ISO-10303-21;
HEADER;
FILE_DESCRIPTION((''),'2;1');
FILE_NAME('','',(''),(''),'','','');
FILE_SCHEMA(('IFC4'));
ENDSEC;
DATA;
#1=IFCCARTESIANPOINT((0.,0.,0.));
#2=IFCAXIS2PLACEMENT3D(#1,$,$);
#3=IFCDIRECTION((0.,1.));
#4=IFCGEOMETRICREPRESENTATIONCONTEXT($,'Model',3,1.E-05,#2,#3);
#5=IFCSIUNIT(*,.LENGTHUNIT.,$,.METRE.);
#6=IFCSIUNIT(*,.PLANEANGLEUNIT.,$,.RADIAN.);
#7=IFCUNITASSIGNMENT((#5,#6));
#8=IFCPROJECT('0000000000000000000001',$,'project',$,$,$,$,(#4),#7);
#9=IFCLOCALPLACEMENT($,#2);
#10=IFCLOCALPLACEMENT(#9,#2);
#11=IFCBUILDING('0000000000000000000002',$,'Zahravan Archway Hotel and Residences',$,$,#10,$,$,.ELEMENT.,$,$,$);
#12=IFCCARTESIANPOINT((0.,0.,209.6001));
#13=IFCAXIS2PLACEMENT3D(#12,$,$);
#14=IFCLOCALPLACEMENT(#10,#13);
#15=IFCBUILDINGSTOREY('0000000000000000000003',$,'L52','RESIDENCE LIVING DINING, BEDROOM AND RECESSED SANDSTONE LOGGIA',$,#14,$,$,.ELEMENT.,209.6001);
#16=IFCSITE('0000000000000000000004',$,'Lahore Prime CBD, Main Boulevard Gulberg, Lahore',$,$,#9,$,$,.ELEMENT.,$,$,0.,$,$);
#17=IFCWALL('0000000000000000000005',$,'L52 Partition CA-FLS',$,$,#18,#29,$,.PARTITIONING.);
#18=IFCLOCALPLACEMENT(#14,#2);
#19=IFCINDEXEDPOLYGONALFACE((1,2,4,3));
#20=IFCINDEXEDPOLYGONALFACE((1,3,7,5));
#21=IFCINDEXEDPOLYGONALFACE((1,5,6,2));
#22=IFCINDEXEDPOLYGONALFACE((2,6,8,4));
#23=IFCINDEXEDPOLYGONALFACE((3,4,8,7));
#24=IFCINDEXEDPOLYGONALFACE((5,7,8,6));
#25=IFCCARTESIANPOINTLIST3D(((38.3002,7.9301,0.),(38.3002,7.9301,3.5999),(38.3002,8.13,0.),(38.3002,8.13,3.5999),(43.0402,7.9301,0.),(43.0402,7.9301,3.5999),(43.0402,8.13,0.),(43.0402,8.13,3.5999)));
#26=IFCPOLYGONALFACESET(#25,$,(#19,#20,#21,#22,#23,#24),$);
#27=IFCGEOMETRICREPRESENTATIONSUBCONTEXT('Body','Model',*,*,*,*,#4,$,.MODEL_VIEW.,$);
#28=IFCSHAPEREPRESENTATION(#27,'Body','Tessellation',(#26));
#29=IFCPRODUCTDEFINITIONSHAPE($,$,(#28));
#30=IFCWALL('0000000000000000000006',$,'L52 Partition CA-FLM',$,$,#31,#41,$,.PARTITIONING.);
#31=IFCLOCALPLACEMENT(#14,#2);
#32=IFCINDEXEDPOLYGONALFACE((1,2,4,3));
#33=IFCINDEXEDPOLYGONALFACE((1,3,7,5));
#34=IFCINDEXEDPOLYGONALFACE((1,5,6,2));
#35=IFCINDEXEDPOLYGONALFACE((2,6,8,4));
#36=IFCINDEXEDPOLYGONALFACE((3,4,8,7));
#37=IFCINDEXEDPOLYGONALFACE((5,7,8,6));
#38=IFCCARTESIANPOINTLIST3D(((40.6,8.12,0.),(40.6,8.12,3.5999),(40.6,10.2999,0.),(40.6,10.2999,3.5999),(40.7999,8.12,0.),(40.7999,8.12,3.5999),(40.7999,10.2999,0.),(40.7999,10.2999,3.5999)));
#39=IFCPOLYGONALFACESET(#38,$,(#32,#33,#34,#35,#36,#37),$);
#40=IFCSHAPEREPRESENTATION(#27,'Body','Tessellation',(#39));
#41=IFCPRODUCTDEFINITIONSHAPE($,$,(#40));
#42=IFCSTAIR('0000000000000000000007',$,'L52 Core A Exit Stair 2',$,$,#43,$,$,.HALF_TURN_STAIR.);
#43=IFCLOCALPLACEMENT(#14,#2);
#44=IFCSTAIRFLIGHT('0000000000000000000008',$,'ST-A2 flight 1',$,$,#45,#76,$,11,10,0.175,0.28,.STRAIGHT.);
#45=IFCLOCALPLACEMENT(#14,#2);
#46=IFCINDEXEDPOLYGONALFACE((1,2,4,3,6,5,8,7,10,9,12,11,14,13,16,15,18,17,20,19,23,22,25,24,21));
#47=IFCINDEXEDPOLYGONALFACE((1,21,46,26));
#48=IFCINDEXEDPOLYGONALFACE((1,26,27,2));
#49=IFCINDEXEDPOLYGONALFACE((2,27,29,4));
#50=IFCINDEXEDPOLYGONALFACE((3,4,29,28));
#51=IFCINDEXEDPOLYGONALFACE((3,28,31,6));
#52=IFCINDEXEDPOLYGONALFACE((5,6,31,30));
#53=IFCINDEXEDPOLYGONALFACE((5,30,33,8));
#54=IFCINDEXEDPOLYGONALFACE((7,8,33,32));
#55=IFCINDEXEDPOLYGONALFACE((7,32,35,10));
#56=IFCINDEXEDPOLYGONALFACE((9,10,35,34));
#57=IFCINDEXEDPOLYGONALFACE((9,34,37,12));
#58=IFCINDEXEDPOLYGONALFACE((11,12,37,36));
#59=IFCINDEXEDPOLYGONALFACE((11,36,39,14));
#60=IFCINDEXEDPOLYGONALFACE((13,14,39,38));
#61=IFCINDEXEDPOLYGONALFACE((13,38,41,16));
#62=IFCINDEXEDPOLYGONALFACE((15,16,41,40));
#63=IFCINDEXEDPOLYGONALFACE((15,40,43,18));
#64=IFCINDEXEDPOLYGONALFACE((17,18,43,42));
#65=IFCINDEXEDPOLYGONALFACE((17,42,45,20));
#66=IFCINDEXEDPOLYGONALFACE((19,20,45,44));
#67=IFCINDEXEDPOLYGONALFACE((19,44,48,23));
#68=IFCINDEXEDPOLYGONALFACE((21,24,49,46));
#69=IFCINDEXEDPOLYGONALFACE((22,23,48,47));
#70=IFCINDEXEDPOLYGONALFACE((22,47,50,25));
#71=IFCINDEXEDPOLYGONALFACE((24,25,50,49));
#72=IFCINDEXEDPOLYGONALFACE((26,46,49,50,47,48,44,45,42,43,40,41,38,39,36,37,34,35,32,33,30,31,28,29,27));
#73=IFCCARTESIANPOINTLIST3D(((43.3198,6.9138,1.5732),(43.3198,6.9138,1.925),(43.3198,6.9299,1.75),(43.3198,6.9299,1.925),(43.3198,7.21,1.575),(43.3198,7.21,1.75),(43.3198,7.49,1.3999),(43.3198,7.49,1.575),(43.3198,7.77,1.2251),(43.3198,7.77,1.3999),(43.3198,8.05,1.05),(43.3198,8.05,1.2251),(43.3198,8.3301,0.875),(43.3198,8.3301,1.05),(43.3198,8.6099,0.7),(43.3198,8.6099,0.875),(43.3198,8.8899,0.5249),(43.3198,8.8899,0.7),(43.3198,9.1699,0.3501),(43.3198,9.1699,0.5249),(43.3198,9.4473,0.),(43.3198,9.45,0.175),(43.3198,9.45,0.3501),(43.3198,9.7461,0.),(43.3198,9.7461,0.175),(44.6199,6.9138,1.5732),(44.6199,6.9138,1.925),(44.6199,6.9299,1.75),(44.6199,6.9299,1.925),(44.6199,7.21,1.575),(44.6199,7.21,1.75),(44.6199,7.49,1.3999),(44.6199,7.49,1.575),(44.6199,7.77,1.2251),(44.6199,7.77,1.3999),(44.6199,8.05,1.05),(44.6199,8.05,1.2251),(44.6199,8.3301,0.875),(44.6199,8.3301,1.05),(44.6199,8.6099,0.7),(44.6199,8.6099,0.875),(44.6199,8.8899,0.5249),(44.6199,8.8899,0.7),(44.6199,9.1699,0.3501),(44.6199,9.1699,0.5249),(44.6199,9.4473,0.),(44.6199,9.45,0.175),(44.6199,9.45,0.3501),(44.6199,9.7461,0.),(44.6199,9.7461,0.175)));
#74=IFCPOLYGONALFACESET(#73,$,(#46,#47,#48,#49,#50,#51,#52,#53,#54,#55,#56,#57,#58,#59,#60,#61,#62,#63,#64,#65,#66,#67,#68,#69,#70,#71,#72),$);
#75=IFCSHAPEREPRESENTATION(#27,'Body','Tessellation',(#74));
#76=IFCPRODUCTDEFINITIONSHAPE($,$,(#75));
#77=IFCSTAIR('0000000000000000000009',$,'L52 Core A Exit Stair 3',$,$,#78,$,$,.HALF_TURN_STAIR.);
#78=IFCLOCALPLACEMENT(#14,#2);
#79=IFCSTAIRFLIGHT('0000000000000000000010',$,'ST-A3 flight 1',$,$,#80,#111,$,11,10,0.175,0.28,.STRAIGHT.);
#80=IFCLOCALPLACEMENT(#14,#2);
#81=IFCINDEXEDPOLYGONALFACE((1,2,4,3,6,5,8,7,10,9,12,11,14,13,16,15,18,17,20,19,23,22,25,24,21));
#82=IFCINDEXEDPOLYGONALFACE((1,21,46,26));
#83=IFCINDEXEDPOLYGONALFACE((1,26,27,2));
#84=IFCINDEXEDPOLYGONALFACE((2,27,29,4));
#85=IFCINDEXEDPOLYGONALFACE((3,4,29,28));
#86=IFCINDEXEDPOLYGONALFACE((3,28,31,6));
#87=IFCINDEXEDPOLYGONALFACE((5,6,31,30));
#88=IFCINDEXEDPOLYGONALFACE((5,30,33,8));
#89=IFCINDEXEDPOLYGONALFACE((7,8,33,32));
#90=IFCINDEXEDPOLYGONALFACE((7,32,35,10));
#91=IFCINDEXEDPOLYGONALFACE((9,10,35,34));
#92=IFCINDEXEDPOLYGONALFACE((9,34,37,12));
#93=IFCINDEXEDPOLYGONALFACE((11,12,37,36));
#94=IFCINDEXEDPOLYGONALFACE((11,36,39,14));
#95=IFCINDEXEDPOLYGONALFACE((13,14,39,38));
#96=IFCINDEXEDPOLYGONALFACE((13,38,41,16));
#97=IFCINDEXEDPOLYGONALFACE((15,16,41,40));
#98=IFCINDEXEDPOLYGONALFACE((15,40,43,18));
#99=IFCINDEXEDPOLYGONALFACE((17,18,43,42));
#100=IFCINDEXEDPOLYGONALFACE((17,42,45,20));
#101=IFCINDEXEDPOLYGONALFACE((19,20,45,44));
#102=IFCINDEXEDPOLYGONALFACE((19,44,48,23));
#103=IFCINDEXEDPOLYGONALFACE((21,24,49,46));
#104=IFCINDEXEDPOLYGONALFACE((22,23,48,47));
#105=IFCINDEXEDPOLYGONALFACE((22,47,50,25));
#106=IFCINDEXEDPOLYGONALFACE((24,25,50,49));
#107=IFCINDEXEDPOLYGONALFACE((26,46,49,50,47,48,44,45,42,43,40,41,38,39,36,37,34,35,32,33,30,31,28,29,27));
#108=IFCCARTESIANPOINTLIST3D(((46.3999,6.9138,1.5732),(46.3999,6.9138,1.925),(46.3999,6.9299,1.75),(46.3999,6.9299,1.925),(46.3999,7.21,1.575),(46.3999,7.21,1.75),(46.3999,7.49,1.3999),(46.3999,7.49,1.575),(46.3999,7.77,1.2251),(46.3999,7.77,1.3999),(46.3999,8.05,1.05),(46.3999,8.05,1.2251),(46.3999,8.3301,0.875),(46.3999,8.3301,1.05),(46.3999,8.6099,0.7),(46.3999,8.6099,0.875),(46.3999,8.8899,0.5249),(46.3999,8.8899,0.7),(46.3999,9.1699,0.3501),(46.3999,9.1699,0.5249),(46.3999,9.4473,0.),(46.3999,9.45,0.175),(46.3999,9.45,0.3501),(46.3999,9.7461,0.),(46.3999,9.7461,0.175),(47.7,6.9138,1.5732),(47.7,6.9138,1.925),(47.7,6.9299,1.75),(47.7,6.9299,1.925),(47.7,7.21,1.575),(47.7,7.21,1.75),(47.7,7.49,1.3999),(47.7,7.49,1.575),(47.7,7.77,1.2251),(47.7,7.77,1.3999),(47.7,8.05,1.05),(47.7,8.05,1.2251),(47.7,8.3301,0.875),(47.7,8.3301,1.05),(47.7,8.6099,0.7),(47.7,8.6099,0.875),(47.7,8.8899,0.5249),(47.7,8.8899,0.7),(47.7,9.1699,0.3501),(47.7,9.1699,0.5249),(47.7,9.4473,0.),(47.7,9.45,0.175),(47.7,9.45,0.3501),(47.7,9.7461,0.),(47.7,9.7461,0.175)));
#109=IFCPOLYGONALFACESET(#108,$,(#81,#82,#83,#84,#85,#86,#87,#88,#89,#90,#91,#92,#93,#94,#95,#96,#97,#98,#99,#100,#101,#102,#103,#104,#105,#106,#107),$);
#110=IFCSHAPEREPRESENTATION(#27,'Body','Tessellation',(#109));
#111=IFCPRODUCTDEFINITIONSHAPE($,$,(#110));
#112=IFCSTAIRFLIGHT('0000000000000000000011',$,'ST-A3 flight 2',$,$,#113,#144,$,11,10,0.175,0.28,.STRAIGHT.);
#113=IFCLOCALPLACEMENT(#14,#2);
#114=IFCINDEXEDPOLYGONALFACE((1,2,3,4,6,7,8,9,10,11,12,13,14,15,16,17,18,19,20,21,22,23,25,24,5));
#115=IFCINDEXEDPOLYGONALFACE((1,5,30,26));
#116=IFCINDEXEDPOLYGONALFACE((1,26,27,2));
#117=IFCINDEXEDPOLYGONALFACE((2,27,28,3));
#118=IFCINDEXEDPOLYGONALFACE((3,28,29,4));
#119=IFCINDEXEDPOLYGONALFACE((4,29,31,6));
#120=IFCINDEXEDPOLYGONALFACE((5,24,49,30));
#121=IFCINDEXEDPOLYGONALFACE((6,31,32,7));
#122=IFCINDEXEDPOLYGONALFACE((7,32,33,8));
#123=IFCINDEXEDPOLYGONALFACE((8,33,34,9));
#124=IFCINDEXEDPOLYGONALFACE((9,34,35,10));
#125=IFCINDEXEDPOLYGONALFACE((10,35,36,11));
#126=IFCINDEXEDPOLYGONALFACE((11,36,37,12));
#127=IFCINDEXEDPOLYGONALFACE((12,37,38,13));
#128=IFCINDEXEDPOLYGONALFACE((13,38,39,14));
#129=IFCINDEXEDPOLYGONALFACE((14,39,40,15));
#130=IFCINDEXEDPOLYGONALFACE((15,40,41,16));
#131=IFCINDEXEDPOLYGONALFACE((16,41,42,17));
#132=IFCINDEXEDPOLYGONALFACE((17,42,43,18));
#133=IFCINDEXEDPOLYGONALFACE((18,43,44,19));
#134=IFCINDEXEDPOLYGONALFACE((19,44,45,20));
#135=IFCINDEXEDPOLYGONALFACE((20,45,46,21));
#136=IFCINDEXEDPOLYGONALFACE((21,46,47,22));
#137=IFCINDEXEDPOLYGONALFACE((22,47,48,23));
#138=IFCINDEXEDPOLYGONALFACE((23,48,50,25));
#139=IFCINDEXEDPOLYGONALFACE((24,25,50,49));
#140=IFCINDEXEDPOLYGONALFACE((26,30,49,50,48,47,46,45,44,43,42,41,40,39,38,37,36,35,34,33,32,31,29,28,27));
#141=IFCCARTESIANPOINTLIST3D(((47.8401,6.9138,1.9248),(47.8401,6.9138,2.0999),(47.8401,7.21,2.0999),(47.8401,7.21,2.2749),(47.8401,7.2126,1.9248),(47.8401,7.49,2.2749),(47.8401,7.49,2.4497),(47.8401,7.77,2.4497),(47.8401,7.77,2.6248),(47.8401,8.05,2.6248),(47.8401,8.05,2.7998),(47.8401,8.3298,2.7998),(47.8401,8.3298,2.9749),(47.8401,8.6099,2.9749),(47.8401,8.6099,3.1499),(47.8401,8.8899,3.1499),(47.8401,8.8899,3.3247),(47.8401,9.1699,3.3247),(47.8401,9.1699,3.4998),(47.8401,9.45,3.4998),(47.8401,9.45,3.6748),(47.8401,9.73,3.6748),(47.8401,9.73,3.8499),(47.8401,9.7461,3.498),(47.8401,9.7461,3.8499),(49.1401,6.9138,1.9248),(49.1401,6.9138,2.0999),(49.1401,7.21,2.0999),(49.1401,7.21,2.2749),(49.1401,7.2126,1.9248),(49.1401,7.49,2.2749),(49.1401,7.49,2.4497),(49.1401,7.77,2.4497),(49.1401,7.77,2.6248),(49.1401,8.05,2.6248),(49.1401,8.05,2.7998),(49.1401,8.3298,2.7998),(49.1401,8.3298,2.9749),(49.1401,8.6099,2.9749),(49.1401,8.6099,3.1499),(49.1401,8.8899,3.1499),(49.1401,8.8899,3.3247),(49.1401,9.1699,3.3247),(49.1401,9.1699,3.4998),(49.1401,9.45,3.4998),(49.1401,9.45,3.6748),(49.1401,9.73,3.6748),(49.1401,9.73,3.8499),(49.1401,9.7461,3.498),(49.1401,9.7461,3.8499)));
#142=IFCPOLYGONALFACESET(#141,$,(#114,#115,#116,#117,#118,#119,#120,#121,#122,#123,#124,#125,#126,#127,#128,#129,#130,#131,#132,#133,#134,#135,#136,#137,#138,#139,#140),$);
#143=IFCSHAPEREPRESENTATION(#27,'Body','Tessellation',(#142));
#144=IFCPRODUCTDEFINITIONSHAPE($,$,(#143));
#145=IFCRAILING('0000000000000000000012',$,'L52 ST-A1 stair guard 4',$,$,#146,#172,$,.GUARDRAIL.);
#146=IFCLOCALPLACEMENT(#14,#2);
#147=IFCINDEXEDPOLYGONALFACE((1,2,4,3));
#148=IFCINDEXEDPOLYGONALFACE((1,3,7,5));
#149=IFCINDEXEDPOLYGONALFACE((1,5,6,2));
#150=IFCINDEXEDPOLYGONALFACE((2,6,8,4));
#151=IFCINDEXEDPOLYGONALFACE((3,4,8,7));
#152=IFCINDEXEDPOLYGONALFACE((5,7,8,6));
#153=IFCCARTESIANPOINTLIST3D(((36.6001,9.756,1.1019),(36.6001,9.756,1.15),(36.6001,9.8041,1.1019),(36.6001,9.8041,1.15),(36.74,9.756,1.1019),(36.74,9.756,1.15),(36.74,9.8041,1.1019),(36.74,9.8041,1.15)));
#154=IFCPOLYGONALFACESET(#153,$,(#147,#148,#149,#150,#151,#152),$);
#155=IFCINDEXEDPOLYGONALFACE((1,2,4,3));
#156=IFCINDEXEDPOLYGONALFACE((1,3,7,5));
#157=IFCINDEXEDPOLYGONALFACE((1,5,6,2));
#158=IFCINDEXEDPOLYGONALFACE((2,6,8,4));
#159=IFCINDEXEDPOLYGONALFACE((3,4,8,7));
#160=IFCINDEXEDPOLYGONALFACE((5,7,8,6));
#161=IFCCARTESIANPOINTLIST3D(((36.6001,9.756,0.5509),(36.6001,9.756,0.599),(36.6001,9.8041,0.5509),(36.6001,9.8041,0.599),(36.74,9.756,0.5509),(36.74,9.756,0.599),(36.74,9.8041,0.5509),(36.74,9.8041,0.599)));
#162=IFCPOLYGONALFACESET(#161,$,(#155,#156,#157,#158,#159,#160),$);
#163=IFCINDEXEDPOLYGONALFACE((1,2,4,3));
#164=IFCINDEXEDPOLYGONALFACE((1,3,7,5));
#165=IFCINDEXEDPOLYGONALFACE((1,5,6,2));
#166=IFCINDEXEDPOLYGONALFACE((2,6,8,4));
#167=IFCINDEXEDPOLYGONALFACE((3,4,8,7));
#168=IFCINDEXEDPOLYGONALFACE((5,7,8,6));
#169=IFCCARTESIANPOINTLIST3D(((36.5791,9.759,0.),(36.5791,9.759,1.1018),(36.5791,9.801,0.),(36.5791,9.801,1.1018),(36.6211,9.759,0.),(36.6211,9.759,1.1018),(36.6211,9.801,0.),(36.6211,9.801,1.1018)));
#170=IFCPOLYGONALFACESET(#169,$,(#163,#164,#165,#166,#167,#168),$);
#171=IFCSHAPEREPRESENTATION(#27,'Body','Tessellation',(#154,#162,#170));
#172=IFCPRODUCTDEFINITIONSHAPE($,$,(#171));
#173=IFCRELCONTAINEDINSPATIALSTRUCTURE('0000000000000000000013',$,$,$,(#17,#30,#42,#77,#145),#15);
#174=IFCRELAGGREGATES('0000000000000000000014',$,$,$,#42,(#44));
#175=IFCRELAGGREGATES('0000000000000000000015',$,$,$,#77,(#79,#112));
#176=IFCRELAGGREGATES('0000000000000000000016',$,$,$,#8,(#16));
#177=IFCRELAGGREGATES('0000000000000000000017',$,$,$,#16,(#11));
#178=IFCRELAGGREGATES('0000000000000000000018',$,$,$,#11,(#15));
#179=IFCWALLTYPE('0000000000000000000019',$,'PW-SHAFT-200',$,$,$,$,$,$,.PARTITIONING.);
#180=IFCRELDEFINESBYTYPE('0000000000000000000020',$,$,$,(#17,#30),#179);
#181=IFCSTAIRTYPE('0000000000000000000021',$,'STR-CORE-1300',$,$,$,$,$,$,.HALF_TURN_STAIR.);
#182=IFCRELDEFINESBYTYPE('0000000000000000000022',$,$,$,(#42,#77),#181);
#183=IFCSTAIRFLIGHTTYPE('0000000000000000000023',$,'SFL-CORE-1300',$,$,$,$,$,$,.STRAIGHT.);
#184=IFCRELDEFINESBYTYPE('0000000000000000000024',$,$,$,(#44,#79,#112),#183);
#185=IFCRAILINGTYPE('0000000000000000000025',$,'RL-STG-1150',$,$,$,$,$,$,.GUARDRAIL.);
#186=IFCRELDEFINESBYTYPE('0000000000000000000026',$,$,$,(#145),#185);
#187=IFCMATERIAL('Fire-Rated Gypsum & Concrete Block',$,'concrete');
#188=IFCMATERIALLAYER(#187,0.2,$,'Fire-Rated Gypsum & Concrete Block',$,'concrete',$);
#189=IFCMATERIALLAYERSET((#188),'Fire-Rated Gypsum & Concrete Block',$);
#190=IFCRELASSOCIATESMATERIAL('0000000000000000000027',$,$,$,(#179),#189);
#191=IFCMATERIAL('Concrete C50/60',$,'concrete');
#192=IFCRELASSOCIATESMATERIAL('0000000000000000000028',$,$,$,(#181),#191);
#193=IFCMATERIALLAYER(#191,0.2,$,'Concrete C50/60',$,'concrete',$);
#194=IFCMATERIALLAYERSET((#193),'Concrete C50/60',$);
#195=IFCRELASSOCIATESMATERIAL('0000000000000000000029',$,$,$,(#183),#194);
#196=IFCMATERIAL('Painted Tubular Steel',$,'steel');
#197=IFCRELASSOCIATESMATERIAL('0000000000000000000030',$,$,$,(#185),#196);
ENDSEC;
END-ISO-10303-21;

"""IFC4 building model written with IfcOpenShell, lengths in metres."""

from ifc_helpers import new_model, si_unit, direction, frame, frame_2d, origin, origin_2d, place, context, subcontext, project, spatial, polyline, rectangle, outline, extrude, source, transform, mapped, material, layer, layer_set, type_object, element, aggregate, save


model = new_model("IFC4")

# Units and contexts
model_context = context("Model", 3, precision=1e-05, world=origin(), true_north=direction((0.0, 1.0)))
body_context = subcontext(model_context, "Body", "Model", "MODEL_VIEW")
ifc_project = project(units=[si_unit("LENGTHUNIT", "METRE"), si_unit("PLANEANGLEUNIT", "RADIAN")], contexts=[model_context])

# Site, building, storey
site_placement = place(None, origin())
site = spatial("IfcSite", under=ifc_project, at=site_placement, Name="Lahore Prime CBD, Main Boulevard Gulberg, Lahore", CompositionType="ELEMENT", RefElevation=0.0)
building_placement = place(site_placement, origin())
building = spatial("IfcBuilding", under=site, at=building_placement, Name="Zahravan Archway Hotel and Residences", CompositionType="ELEMENT")
storey_placement = place(building_placement, frame((0.0, 0.0, 209.6001)))
storey = spatial("IfcBuildingStorey", under=building, at=storey_placement, Name="L52", Description="RESIDENCE LIVING DINING, BEDROOM AND RECESSED SANDSTONE LOGGIA", CompositionType="ELEMENT", Elevation=209.6001)

# Walls
ifc_material_1 = material(Name="Fire-Rated Gypsum & Concrete Block", Category="concrete")
ifc_layer_1 = layer(ifc_material_1, 0.2, Name="Fire-Rated Gypsum & Concrete Block", Category="concrete")
ifc_layer_set_1 = layer_set([ifc_layer_1], Name="Fire-Rated Gypsum & Concrete Block")
wall_type = type_object("IfcWallType", Name="PW-SHAFT-200", PredefinedType="PARTITIONING", material=ifc_layer_set_1)
wall_1_placement = place(storey_placement, frame((38.3, 8.03, 0.0), z_axis=(0.0, 0.0, 1.0), x_axis=(1.0, 0.0, 0.0)))
element("IfcWall", 1, at=wall_1_placement, inside=storey, type_object=wall_type, Name="L52 Partition CA-FLS", PredefinedType="PARTITIONING", context=body_context, shape_type="SweptSolid", body=[
    extrude(rectangle(XDim=4.74, YDim=0.2, at=frame_2d((2.3701, 0.0))), origin(), (0.0, 0.0, 1.0), 3.5999),
])
wall_2_placement = place(storey_placement, frame((40.7, 8.1201, 0.0), z_axis=(0.0, 0.0, 1.0), x_axis=(0.0, 1.0, 0.0)))
element("IfcWall", 2, at=wall_2_placement, inside=storey, type_object=wall_type, Name="L52 Partition CA-FLM", PredefinedType="PARTITIONING", context=body_context, shape_type="SweptSolid", body=[
    extrude(rectangle(XDim=2.1799, YDim=0.2, at=frame_2d((1.0898, 0.0))), origin(), (0.0, 0.0, 1.0), 3.5999),
])

# Stair, stair flight
ifc_material_2 = material(Name="Concrete C50/60", Category="concrete")
stair_type = type_object("IfcStairType", Name="STR-CORE-1300", PredefinedType="HALF_TURN_STAIR", material=ifc_material_2)
stair_1_placement = place(storey_placement, origin())
stair_1 = element("IfcStair", 3, at=stair_1_placement, inside=storey, type_object=stair_type, Name="L52 Core A Exit Stair 2", PredefinedType="HALF_TURN_STAIR")
ifc_layer_2 = layer(ifc_material_2, 0.2, Name="Concrete C50/60", Category="concrete")
ifc_layer_set_2 = layer_set([ifc_layer_2], Name="Concrete C50/60")
stair_flight_type = type_object("IfcStairFlightType", Name="SFL-CORE-1300", PredefinedType="STRAIGHT", material=ifc_layer_set_2)
shared_shape = source(origin(), body_context, "Body", "SweptSolid", [
    extrude(outline(polyline([(-0.0161, 0.0), (-0.0161, 0.175), (0.28, 0.175), (0.28, 0.3501), (0.5601, 0.3501), (0.5601, 0.5249), (0.8401, 0.5249), (0.8401, 0.7), (1.1201, 0.7), (1.1201, 0.875), (1.3999, 0.875), (1.3999, 1.05), (1.6799, 1.05), (1.6799, 1.2251), (1.96, 1.2251), (1.96, 1.3999), (2.24, 1.3999), (2.24, 1.575), (2.52, 1.575), (2.52, 1.75), (2.8, 1.75), (2.8, 1.925), (2.8162, 1.925), (2.8162, 1.5732), (0.2827, 0.0), (-0.0161, 0.0)])), frame((0.0, 0.6499, 0.0), z_axis=(0.0, -1.0, 0.0), x_axis=(1.0, 0.0, 0.0)), (0.0, 0.0, 1.0), 1.3),
])
stair_flight_1_placement = place(storey_placement, frame((43.97, 9.73, 0.0), z_axis=(0.0, 0.0, 1.0), x_axis=(0.0, -1.0, 0.0)))
stair_flight_1 = element("IfcStairFlight", 4, at=stair_flight_1_placement, type_object=stair_flight_type, Name="ST-A2 flight 1", NumberOfRisers=11, NumberOfTreads=10, PredefinedType="STRAIGHT", RiserHeight=0.175, TreadLength=0.28, context=body_context, shape_type="MappedRepresentation", body=[
    mapped(shared_shape, transform((0.0, 0.0, 0.0), scale=1.0)),
])
aggregate(stair_1, [stair_flight_1])

# Stair, stair flights
stair_2_placement = place(storey_placement, origin())
stair_2 = element("IfcStair", 5, at=stair_2_placement, inside=storey, type_object=stair_type, Name="L52 Core A Exit Stair 3", PredefinedType="HALF_TURN_STAIR")
stair_flight_2_placement = place(storey_placement, frame((47.05, 9.73, 0.0), z_axis=(0.0, 0.0, 1.0), x_axis=(0.0, -1.0, 0.0)))
stair_flight_2 = element("IfcStairFlight", 6, at=stair_flight_2_placement, type_object=stair_flight_type, Name="ST-A3 flight 1", NumberOfRisers=11, NumberOfTreads=10, PredefinedType="STRAIGHT", RiserHeight=0.175, TreadLength=0.28, context=body_context, shape_type="MappedRepresentation", body=[
    mapped(shared_shape, transform((0.0, 0.0, 0.0), scale=1.0)),
])
stair_flight_3_placement = place(storey_placement, frame((48.49, 6.9299, 1.9248), z_axis=(0.0, 0.0, 1.0), x_axis=(0.0, 1.0, 0.0)))
stair_flight_3 = element("IfcStairFlight", 7, at=stair_flight_3_placement, type_object=stair_flight_type, Name="ST-A3 flight 2", NumberOfRisers=11, NumberOfTreads=10, PredefinedType="STRAIGHT", RiserHeight=0.175, TreadLength=0.28, context=body_context, shape_type="MappedRepresentation", body=[
    mapped(shared_shape, transform((0.0, 0.0, 0.0), scale=1.0)),
])
aggregate(stair_2, [stair_flight_2, stair_flight_3])

# Railing
ifc_material_3 = material(Name="Painted Tubular Steel", Category="steel")
railing_type_1 = type_object("IfcRailingType", Name="RL-STG-1150", PredefinedType="GUARDRAIL", material=ifc_material_3)
railing_1_placement = place(storey_placement, frame((36.6001, 9.78, 0.0)))
element("IfcRailing", 8, at=railing_1_placement, inside=storey, type_object=railing_type_1, Name="L52 ST-A1 stair guard 4", PredefinedType="GUARDRAIL", context=body_context, shape_type="SweptSolid", body=[
    extrude(rectangle(XDim=0.0481, YDim=0.0481, at=origin_2d()), frame((0.0, 0.0, 1.126), z_axis=(1.0, 0.0, 0.0), x_axis=(0.0, 1.0, 0.0)), (0.0, 0.0, 1.0), 0.1399),
    extrude(rectangle(XDim=0.0481, YDim=0.0481, at=origin_2d()), frame((0.0, 0.0, 0.575), z_axis=(1.0, 0.0, 0.0), x_axis=(0.0, 1.0, 0.0)), (0.0, 0.0, 1.0), 0.1399),
    extrude(rectangle(XDim=0.042, YDim=0.042, at=origin_2d()), origin(), (0.0, 0.0, 1.0), 1.1018),
])

save(model, "model.ifc")
